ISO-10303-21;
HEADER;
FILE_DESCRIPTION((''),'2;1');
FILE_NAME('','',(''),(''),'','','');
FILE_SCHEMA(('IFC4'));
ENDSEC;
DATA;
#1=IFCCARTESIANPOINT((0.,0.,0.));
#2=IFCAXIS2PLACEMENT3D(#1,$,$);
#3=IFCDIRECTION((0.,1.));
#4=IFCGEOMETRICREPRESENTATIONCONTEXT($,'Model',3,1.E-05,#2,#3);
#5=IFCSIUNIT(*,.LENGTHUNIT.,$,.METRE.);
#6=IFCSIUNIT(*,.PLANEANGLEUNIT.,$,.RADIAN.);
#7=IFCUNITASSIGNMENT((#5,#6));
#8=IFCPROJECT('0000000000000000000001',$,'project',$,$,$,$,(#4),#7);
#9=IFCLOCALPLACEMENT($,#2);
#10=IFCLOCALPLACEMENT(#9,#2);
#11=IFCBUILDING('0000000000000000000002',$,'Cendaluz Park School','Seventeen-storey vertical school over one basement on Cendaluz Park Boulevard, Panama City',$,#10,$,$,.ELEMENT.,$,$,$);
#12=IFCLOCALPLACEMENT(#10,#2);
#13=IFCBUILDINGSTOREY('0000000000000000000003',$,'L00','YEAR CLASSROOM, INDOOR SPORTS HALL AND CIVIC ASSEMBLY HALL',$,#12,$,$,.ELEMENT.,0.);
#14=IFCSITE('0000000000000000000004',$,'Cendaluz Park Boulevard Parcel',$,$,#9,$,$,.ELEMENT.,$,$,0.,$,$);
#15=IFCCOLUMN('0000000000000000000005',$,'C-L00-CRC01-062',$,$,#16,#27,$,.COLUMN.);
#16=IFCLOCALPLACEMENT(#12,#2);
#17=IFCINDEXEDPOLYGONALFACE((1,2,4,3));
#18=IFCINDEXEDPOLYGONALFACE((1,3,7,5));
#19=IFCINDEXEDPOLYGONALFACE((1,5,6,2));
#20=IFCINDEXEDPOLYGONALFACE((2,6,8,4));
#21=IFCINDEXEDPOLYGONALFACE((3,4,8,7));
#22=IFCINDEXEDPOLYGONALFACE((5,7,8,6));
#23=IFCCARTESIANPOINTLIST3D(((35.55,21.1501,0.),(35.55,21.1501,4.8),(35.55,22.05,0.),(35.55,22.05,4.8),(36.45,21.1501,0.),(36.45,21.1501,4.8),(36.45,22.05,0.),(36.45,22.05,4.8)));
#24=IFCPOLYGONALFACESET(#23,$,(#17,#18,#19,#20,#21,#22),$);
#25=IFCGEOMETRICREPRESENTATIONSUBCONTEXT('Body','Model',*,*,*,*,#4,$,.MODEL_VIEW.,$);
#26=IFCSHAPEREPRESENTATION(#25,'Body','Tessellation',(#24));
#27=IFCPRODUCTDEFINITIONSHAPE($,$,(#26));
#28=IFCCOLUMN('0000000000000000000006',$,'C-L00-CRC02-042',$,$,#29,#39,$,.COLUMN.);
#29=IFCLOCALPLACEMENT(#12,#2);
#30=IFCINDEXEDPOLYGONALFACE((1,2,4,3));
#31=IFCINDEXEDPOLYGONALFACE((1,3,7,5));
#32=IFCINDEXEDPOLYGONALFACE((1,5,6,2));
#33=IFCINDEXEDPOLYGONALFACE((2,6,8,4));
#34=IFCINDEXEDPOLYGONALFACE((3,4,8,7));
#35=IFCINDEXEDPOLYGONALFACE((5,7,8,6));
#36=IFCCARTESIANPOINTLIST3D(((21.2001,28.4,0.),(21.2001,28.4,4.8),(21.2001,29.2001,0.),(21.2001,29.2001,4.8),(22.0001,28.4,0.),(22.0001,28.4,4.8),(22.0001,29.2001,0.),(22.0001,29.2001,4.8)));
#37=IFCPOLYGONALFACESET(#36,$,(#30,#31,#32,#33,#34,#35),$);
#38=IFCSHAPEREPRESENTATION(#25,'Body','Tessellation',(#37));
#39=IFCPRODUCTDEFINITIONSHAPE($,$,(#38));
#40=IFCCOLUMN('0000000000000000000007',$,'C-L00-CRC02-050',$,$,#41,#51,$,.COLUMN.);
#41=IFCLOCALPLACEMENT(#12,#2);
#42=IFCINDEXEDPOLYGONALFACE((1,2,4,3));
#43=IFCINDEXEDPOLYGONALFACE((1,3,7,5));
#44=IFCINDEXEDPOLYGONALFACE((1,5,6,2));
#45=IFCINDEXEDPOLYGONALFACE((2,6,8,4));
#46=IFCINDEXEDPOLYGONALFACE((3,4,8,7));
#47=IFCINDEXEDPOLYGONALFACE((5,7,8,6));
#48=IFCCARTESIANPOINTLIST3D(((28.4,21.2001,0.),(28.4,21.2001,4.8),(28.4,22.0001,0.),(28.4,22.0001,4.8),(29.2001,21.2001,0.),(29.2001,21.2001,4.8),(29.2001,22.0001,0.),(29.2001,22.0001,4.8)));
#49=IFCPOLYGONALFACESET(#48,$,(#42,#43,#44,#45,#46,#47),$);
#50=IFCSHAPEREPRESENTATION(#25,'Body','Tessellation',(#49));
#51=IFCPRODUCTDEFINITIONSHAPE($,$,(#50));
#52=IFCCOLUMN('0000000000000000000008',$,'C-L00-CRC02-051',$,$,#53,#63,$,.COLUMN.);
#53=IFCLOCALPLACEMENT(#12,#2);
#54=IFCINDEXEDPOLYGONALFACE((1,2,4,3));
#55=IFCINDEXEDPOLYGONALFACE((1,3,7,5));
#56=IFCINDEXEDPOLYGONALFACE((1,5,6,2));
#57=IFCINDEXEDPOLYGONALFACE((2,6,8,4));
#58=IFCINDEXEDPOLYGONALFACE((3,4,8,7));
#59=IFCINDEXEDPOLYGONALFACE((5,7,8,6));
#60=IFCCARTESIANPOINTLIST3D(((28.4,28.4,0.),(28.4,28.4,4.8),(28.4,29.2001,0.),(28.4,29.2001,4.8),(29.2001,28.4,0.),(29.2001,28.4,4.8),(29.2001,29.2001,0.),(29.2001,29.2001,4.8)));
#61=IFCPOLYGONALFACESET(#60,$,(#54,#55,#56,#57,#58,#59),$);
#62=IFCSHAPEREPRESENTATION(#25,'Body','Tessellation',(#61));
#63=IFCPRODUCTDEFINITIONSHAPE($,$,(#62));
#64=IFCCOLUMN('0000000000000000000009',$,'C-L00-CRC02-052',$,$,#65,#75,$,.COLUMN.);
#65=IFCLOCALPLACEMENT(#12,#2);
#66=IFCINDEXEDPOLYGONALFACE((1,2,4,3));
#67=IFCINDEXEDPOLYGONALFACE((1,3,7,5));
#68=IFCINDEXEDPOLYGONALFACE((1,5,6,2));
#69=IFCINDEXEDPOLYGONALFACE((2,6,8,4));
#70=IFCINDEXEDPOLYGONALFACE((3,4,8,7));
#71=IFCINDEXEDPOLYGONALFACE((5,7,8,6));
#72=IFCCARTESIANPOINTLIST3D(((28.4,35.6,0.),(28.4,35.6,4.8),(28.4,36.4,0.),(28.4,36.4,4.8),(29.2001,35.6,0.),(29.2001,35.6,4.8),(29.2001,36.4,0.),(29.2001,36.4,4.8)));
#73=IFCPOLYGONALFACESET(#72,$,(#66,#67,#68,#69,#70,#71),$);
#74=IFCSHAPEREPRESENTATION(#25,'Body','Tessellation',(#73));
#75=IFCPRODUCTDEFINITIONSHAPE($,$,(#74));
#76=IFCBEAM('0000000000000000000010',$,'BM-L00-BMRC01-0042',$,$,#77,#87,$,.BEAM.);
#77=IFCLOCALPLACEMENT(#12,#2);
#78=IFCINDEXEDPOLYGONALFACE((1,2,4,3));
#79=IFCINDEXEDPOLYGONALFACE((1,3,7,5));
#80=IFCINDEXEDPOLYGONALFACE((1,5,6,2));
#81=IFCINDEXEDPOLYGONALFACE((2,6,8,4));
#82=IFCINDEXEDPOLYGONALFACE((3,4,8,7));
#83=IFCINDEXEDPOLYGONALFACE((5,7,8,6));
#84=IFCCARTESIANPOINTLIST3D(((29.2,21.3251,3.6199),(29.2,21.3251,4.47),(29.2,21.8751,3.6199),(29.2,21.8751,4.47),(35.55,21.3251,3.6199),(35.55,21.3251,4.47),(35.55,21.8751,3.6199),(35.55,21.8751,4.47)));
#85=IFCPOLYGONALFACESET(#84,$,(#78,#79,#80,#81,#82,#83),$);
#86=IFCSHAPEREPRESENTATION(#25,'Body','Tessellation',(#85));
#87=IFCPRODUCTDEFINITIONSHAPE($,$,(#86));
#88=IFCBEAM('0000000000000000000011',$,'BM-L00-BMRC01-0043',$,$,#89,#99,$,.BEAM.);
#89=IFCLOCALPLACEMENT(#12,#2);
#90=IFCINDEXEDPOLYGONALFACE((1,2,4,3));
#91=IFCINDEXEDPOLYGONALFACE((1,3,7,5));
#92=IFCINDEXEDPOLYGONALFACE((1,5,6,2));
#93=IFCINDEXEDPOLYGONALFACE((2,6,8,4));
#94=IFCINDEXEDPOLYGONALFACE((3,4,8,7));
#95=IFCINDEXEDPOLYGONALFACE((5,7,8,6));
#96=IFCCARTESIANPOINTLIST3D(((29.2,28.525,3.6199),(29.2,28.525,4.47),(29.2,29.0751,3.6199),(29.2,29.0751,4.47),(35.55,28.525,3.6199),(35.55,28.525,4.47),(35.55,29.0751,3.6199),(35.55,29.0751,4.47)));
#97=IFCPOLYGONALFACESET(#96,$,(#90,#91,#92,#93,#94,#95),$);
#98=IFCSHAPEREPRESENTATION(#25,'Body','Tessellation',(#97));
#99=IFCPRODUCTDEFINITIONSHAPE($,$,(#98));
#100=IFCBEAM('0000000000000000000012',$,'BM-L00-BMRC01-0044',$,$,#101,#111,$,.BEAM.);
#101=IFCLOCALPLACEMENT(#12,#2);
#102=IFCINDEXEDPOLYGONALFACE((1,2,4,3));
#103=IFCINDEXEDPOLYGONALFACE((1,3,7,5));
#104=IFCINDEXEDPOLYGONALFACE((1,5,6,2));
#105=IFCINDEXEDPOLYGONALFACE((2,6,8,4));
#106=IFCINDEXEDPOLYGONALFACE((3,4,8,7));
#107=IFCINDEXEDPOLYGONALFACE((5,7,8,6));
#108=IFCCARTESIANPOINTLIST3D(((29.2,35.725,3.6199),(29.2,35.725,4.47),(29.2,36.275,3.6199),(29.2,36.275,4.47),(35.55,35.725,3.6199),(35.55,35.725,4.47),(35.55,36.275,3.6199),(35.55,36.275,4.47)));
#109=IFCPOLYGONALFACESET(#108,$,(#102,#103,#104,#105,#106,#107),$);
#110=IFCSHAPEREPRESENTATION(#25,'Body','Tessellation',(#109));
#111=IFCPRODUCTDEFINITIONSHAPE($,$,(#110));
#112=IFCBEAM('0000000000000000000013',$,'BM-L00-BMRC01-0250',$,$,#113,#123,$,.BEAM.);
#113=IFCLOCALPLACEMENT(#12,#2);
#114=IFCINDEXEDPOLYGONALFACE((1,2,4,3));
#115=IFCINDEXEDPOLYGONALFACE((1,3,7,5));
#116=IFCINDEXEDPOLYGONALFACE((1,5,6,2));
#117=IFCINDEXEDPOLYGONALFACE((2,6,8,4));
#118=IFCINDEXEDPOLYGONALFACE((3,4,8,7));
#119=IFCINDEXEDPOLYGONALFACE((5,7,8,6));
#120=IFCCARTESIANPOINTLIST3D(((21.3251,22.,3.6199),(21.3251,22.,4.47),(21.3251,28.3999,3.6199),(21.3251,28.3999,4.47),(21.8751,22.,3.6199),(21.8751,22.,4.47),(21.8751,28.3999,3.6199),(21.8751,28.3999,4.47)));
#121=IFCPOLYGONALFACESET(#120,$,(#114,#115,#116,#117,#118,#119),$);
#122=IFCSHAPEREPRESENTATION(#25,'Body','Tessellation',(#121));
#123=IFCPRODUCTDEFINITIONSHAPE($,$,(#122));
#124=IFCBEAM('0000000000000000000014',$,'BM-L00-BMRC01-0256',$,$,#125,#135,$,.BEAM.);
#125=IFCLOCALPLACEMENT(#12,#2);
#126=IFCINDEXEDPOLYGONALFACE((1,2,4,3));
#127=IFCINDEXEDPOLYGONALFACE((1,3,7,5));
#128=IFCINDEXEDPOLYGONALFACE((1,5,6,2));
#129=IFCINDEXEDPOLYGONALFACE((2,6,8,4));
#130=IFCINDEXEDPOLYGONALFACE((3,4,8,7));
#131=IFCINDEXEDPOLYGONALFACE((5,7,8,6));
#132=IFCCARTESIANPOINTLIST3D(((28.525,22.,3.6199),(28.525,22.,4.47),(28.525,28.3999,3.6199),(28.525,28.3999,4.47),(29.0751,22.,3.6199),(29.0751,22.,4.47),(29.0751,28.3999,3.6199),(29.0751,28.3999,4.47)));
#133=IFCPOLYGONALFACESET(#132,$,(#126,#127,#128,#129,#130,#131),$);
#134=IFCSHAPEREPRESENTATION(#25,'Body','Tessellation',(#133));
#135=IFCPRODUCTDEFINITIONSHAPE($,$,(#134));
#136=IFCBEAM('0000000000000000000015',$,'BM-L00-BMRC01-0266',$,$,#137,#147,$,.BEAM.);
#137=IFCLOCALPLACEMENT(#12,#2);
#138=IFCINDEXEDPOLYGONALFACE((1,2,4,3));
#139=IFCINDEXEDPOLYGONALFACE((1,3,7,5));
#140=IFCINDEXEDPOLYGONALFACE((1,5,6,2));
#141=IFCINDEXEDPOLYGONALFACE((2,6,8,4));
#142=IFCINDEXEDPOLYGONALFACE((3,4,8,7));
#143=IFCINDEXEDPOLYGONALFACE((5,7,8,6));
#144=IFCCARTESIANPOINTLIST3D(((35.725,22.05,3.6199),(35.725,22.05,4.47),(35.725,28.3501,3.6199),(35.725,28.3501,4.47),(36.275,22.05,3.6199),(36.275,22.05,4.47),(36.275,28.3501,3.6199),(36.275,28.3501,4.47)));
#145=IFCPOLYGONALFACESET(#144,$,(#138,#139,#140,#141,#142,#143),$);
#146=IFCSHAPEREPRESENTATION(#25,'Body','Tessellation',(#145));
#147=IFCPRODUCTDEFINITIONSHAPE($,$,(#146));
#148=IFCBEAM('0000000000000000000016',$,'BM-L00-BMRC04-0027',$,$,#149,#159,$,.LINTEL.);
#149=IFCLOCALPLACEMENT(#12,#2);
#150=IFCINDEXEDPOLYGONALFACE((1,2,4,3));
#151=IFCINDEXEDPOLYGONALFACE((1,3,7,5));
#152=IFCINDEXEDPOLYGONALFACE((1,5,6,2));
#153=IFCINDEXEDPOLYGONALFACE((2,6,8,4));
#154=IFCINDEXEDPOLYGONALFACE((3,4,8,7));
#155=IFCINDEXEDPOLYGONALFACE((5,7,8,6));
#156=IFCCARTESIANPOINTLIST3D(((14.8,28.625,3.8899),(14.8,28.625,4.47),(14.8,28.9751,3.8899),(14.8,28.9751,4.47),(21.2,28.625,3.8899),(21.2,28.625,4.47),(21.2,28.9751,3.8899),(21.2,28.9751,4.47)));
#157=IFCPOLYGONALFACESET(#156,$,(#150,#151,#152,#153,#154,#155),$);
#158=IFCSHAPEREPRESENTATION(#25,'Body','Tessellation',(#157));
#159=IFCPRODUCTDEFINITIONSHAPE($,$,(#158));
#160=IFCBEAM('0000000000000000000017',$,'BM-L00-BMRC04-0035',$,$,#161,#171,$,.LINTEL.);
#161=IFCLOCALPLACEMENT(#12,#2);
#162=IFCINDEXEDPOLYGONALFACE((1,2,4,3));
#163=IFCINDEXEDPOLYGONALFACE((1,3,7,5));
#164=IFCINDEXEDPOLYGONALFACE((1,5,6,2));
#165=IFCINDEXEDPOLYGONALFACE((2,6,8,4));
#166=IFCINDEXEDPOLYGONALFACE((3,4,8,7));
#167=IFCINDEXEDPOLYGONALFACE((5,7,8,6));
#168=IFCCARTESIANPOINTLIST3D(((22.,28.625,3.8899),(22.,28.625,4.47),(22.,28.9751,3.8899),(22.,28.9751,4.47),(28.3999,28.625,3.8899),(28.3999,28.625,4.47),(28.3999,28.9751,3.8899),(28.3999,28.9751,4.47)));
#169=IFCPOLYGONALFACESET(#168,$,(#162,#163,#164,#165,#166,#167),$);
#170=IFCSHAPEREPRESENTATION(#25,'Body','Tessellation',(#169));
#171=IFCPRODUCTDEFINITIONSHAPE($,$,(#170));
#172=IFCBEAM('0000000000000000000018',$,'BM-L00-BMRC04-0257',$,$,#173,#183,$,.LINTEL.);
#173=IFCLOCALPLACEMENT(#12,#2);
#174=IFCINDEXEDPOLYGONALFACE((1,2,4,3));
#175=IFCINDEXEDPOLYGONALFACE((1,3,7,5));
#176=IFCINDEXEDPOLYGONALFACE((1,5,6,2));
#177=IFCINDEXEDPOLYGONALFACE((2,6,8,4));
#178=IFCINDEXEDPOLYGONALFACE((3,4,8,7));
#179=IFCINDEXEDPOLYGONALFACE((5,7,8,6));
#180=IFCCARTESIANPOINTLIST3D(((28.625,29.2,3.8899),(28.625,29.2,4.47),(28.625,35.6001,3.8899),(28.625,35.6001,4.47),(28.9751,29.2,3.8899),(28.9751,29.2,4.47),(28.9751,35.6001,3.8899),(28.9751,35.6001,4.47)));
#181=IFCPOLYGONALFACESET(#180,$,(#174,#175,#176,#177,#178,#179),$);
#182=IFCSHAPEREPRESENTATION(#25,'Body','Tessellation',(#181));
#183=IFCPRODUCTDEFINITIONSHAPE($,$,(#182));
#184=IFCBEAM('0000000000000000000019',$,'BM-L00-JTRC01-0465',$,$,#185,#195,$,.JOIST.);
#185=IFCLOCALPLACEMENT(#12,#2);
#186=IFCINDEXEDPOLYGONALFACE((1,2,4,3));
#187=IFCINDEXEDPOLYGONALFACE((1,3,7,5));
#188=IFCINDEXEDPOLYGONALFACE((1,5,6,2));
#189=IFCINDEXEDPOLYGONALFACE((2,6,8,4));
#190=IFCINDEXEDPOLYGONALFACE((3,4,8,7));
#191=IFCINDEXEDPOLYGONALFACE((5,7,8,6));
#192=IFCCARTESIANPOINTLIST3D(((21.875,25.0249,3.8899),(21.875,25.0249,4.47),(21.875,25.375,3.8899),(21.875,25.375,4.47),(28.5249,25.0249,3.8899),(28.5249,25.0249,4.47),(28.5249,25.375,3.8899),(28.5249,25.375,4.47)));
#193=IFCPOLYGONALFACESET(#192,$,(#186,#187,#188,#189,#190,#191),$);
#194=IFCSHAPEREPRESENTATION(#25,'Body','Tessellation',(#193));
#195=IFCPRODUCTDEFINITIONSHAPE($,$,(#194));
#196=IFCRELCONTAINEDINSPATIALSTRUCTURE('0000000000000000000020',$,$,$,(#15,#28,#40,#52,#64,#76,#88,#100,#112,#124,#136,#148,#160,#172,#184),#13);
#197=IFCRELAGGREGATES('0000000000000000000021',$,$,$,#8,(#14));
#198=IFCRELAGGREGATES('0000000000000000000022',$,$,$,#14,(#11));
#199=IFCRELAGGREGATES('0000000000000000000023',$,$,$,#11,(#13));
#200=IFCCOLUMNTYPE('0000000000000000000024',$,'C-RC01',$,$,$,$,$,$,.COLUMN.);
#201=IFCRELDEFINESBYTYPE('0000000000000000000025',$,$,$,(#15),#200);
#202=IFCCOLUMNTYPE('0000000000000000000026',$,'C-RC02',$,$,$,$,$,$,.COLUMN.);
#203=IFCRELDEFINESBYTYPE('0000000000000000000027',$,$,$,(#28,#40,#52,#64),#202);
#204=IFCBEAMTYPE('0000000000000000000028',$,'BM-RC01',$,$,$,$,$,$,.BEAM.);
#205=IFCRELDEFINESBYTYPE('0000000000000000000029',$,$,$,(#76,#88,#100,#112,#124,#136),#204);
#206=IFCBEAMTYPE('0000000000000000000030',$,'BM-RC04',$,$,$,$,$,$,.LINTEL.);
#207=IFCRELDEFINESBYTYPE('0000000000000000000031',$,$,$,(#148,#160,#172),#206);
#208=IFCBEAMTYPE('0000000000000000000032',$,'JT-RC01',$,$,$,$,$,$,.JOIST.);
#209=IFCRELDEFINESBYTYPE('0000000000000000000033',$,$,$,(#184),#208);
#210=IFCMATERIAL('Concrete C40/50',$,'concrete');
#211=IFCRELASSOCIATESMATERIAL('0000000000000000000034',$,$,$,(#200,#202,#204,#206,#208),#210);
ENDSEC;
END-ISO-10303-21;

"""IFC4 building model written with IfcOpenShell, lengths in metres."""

from ifc_helpers import new_model, si_unit, direction, frame, origin, origin_2d, place, context, subcontext, project, spatial, rectangle, extrude, material, material_profile, profile_set, type_object, element, save


model = new_model("IFC4")

# Units and contexts
model_context = context("Model", 3, precision=1e-05, world=origin(), true_north=direction((0.0, 1.0)))
body_context = subcontext(model_context, "Body", "Model", "MODEL_VIEW")
ifc_project = project(units=[si_unit("LENGTHUNIT", "METRE"), si_unit("PLANEANGLEUNIT", "RADIAN")], contexts=[model_context])

# Site, building, storey
site_placement = place(None, origin())
site = spatial("IfcSite", under=ifc_project, at=site_placement, Name="Cendaluz Park Boulevard Parcel", CompositionType="ELEMENT", RefElevation=0.0)
building_placement = place(site_placement, origin())
building = spatial("IfcBuilding", under=site, at=building_placement, Name="Cendaluz Park School", Description="Seventeen-storey vertical school over one basement on Cendaluz Park Boulevard, Panama City", CompositionType="ELEMENT")
storey_placement = place(building_placement, origin())
storey = spatial("IfcBuildingStorey", under=building, at=storey_placement, Name="L00", Description="YEAR CLASSROOM, INDOOR SPORTS HALL AND CIVIC ASSEMBLY HALL", CompositionType="ELEMENT", Elevation=0.0)

# Columns
ifc_material_1 = material(Name="Concrete C40/50", Category="concrete")
ifc_material_profile_1 = material_profile(ifc_material_1, rectangle(XDim=0.8999, YDim=0.8999, at=origin_2d()), Name="RC 900x900", Category="concrete")
ifc_profile_set_1 = profile_set([ifc_material_profile_1], Name="Concrete C40/50")
column_type_1 = type_object("IfcColumnType", Name="C-RC01", PredefinedType="COLUMN", material=ifc_profile_set_1)
column_placement = place(storey_placement, frame((36.0, 21.6001, 0.0), z_axis=(0.0, 0.0, 1.0), x_axis=(1.0, 0.0, 0.0)))
element("IfcColumn", 1, at=column_placement, inside=storey, type_object=column_type_1, Name="C-L00-CRC01-062", PredefinedType="COLUMN", context=body_context, shape_type="SweptSolid", body=[
    extrude(rectangle(XDim=0.8999, YDim=0.8999, at=origin_2d()), origin(), (0.0, 0.0, 1.0), 4.8),
])
ifc_material_profile_2 = material_profile(ifc_material_1, rectangle(XDim=0.8, YDim=0.8, at=origin_2d()), Name="RC 800x800", Category="concrete")
ifc_profile_set_2 = profile_set([ifc_material_profile_2], Name="Concrete C40/50")
column_type_2 = type_object("IfcColumnType", Name="C-RC02", PredefinedType="COLUMN", material=ifc_profile_set_2)
for number, where, z_axis, x_axis, name in (
    (2, (21.6001, 28.8, 0.0), (0.0, 0.0, 1.0), (1.0, 0.0, 0.0), "C-L00-CRC02-042"),
    (3, (28.8, 21.6001, 0.0), (0.0, 0.0, 1.0), (1.0, 0.0, 0.0), "C-L00-CRC02-050"),
    (4, (28.8, 28.8, 0.0), (0.0, 0.0, 1.0), (1.0, 0.0, 0.0), "C-L00-CRC02-051"),
    (5, (28.8, 36.0, 0.0), (0.0, 0.0, 1.0), (1.0, 0.0, 0.0), "C-L00-CRC02-052"),
):
    element("IfcColumn", number, at=place(storey_placement, frame(where, z_axis=z_axis, x_axis=x_axis)), inside=storey, type_object=column_type_2, Name=name, PredefinedType="COLUMN", context=body_context, shape_type="SweptSolid", body=[
        extrude(rectangle(XDim=0.8, YDim=0.8, at=origin_2d()), origin(), (0.0, 0.0, 1.0), 4.8),
    ])

# Beams
ifc_material_profile_3 = material_profile(ifc_material_1, rectangle(XDim=0.55, YDim=0.8501, at=origin_2d()), Name="RC 550x850", Category="concrete")
ifc_profile_set_3 = profile_set([ifc_material_profile_3], Name="Concrete C40/50")
beam_type_1 = type_object("IfcBeamType", Name="BM-RC01", PredefinedType="BEAM", material=ifc_profile_set_3)
for number, where, z_axis, x_axis, name in (
    (6, (29.2, 21.6001, 4.0449), (1.0, 0.0, 0.0), (0.0, 1.0, 0.0), "BM-L00-BMRC01-0042"),
    (7, (29.2, 28.8, 4.0449), (1.0, 0.0, 0.0), (0.0, 1.0, 0.0), "BM-L00-BMRC01-0043"),
    (8, (29.2, 36.0, 4.0449), (1.0, 0.0, 0.0), (0.0, 1.0, 0.0), "BM-L00-BMRC01-0044"),
):
    element("IfcBeam", number, at=place(storey_placement, frame(where, z_axis=z_axis, x_axis=x_axis)), inside=storey, type_object=beam_type_1, Name=name, PredefinedType="BEAM", context=body_context, shape_type="SweptSolid", body=[
        extrude(rectangle(XDim=0.55, YDim=0.8501, at=origin_2d()), origin(), (0.0, 0.0, 1.0), 6.3501),
    ])
for number, where, z_axis, x_axis, name in (
    (9, (21.6001, 22.0, 4.0449), (0.0, 1.0, 0.0), (-1.0, 0.0, 0.0), "BM-L00-BMRC01-0250"),
    (10, (28.8, 22.0, 4.0449), (0.0, 1.0, 0.0), (-1.0, 0.0, 0.0), "BM-L00-BMRC01-0256"),
):
    element("IfcBeam", number, at=place(storey_placement, frame(where, z_axis=z_axis, x_axis=x_axis)), inside=storey, type_object=beam_type_1, Name=name, PredefinedType="BEAM", context=body_context, shape_type="SweptSolid", body=[
        extrude(rectangle(XDim=0.55, YDim=0.8501, at=origin_2d()), origin(), (0.0, 0.0, 1.0), 6.3999),
    ])
beam_1_placement = place(storey_placement, frame((36.0, 22.05, 4.0449), z_axis=(0.0, 1.0, 0.0), x_axis=(-1.0, 0.0, 0.0)))
element("IfcBeam", 11, at=beam_1_placement, inside=storey, type_object=beam_type_1, Name="BM-L00-BMRC01-0266", PredefinedType="BEAM", context=body_context, shape_type="SweptSolid", body=[
    extrude(rectangle(XDim=0.55, YDim=0.8501, at=origin_2d()), origin(), (0.0, 0.0, 1.0), 6.3),
])
ifc_material_profile_4 = material_profile(ifc_material_1, rectangle(XDim=0.3501, YDim=0.5801, at=origin_2d()), Name="RC 350x580", Category="concrete")
ifc_profile_set_4 = profile_set([ifc_material_profile_4], Name="Concrete C40/50")
beam_type_2 = type_object("IfcBeamType", Name="BM-RC04", PredefinedType="LINTEL", material=ifc_profile_set_4)
for number, where, z_axis, x_axis, name in (
    (12, (14.8, 28.8, 4.1799), (1.0, 0.0, 0.0), (0.0, 1.0, 0.0), "BM-L00-BMRC04-0027"),
    (13, (22.0, 28.8, 4.1799), (1.0, 0.0, 0.0), (0.0, 1.0, 0.0), "BM-L00-BMRC04-0035"),
):
    element("IfcBeam", number, at=place(storey_placement, frame(where, z_axis=z_axis, x_axis=x_axis)), inside=storey, type_object=beam_type_2, Name=name, PredefinedType="LINTEL", context=body_context, shape_type="SweptSolid", body=[
        extrude(rectangle(XDim=0.3501, YDim=0.5801, at=origin_2d()), origin(), (0.0, 0.0, 1.0), 6.3999),
    ])
beam_2_placement = place(storey_placement, frame((28.8, 29.2, 4.1799), z_axis=(0.0, 1.0, 0.0), x_axis=(-1.0, 0.0, 0.0)))
element("IfcBeam", 14, at=beam_2_placement, inside=storey, type_object=beam_type_2, Name="BM-L00-BMRC04-0257", PredefinedType="LINTEL", context=body_context, shape_type="SweptSolid", body=[
    extrude(rectangle(XDim=0.3501, YDim=0.5801, at=origin_2d()), origin(), (0.0, 0.0, 1.0), 6.4001),
])
ifc_material_profile_5 = material_profile(ifc_material_1, rectangle(XDim=0.3501, YDim=0.5801, at=origin_2d()), Name="RC 350x580", Category="concrete")
ifc_profile_set_5 = profile_set([ifc_material_profile_5], Name="Concrete C40/50")
beam_type_3 = type_object("IfcBeamType", Name="JT-RC01", PredefinedType="JOIST", material=ifc_profile_set_5)
beam_3_placement = place(storey_placement, frame((21.875, 25.2, 4.1799), z_axis=(1.0, 0.0, 0.0), x_axis=(0.0, 1.0, 0.0)))
element("IfcBeam", 15, at=beam_3_placement, inside=storey, type_object=beam_type_3, Name="BM-L00-JTRC01-0465", PredefinedType="JOIST", context=body_context, shape_type="SweptSolid", body=[
    extrude(rectangle(XDim=0.3501, YDim=0.5801, at=origin_2d()), origin(), (0.0, 0.0, 1.0), 6.6499),
])

save(model, "model.ifc")
